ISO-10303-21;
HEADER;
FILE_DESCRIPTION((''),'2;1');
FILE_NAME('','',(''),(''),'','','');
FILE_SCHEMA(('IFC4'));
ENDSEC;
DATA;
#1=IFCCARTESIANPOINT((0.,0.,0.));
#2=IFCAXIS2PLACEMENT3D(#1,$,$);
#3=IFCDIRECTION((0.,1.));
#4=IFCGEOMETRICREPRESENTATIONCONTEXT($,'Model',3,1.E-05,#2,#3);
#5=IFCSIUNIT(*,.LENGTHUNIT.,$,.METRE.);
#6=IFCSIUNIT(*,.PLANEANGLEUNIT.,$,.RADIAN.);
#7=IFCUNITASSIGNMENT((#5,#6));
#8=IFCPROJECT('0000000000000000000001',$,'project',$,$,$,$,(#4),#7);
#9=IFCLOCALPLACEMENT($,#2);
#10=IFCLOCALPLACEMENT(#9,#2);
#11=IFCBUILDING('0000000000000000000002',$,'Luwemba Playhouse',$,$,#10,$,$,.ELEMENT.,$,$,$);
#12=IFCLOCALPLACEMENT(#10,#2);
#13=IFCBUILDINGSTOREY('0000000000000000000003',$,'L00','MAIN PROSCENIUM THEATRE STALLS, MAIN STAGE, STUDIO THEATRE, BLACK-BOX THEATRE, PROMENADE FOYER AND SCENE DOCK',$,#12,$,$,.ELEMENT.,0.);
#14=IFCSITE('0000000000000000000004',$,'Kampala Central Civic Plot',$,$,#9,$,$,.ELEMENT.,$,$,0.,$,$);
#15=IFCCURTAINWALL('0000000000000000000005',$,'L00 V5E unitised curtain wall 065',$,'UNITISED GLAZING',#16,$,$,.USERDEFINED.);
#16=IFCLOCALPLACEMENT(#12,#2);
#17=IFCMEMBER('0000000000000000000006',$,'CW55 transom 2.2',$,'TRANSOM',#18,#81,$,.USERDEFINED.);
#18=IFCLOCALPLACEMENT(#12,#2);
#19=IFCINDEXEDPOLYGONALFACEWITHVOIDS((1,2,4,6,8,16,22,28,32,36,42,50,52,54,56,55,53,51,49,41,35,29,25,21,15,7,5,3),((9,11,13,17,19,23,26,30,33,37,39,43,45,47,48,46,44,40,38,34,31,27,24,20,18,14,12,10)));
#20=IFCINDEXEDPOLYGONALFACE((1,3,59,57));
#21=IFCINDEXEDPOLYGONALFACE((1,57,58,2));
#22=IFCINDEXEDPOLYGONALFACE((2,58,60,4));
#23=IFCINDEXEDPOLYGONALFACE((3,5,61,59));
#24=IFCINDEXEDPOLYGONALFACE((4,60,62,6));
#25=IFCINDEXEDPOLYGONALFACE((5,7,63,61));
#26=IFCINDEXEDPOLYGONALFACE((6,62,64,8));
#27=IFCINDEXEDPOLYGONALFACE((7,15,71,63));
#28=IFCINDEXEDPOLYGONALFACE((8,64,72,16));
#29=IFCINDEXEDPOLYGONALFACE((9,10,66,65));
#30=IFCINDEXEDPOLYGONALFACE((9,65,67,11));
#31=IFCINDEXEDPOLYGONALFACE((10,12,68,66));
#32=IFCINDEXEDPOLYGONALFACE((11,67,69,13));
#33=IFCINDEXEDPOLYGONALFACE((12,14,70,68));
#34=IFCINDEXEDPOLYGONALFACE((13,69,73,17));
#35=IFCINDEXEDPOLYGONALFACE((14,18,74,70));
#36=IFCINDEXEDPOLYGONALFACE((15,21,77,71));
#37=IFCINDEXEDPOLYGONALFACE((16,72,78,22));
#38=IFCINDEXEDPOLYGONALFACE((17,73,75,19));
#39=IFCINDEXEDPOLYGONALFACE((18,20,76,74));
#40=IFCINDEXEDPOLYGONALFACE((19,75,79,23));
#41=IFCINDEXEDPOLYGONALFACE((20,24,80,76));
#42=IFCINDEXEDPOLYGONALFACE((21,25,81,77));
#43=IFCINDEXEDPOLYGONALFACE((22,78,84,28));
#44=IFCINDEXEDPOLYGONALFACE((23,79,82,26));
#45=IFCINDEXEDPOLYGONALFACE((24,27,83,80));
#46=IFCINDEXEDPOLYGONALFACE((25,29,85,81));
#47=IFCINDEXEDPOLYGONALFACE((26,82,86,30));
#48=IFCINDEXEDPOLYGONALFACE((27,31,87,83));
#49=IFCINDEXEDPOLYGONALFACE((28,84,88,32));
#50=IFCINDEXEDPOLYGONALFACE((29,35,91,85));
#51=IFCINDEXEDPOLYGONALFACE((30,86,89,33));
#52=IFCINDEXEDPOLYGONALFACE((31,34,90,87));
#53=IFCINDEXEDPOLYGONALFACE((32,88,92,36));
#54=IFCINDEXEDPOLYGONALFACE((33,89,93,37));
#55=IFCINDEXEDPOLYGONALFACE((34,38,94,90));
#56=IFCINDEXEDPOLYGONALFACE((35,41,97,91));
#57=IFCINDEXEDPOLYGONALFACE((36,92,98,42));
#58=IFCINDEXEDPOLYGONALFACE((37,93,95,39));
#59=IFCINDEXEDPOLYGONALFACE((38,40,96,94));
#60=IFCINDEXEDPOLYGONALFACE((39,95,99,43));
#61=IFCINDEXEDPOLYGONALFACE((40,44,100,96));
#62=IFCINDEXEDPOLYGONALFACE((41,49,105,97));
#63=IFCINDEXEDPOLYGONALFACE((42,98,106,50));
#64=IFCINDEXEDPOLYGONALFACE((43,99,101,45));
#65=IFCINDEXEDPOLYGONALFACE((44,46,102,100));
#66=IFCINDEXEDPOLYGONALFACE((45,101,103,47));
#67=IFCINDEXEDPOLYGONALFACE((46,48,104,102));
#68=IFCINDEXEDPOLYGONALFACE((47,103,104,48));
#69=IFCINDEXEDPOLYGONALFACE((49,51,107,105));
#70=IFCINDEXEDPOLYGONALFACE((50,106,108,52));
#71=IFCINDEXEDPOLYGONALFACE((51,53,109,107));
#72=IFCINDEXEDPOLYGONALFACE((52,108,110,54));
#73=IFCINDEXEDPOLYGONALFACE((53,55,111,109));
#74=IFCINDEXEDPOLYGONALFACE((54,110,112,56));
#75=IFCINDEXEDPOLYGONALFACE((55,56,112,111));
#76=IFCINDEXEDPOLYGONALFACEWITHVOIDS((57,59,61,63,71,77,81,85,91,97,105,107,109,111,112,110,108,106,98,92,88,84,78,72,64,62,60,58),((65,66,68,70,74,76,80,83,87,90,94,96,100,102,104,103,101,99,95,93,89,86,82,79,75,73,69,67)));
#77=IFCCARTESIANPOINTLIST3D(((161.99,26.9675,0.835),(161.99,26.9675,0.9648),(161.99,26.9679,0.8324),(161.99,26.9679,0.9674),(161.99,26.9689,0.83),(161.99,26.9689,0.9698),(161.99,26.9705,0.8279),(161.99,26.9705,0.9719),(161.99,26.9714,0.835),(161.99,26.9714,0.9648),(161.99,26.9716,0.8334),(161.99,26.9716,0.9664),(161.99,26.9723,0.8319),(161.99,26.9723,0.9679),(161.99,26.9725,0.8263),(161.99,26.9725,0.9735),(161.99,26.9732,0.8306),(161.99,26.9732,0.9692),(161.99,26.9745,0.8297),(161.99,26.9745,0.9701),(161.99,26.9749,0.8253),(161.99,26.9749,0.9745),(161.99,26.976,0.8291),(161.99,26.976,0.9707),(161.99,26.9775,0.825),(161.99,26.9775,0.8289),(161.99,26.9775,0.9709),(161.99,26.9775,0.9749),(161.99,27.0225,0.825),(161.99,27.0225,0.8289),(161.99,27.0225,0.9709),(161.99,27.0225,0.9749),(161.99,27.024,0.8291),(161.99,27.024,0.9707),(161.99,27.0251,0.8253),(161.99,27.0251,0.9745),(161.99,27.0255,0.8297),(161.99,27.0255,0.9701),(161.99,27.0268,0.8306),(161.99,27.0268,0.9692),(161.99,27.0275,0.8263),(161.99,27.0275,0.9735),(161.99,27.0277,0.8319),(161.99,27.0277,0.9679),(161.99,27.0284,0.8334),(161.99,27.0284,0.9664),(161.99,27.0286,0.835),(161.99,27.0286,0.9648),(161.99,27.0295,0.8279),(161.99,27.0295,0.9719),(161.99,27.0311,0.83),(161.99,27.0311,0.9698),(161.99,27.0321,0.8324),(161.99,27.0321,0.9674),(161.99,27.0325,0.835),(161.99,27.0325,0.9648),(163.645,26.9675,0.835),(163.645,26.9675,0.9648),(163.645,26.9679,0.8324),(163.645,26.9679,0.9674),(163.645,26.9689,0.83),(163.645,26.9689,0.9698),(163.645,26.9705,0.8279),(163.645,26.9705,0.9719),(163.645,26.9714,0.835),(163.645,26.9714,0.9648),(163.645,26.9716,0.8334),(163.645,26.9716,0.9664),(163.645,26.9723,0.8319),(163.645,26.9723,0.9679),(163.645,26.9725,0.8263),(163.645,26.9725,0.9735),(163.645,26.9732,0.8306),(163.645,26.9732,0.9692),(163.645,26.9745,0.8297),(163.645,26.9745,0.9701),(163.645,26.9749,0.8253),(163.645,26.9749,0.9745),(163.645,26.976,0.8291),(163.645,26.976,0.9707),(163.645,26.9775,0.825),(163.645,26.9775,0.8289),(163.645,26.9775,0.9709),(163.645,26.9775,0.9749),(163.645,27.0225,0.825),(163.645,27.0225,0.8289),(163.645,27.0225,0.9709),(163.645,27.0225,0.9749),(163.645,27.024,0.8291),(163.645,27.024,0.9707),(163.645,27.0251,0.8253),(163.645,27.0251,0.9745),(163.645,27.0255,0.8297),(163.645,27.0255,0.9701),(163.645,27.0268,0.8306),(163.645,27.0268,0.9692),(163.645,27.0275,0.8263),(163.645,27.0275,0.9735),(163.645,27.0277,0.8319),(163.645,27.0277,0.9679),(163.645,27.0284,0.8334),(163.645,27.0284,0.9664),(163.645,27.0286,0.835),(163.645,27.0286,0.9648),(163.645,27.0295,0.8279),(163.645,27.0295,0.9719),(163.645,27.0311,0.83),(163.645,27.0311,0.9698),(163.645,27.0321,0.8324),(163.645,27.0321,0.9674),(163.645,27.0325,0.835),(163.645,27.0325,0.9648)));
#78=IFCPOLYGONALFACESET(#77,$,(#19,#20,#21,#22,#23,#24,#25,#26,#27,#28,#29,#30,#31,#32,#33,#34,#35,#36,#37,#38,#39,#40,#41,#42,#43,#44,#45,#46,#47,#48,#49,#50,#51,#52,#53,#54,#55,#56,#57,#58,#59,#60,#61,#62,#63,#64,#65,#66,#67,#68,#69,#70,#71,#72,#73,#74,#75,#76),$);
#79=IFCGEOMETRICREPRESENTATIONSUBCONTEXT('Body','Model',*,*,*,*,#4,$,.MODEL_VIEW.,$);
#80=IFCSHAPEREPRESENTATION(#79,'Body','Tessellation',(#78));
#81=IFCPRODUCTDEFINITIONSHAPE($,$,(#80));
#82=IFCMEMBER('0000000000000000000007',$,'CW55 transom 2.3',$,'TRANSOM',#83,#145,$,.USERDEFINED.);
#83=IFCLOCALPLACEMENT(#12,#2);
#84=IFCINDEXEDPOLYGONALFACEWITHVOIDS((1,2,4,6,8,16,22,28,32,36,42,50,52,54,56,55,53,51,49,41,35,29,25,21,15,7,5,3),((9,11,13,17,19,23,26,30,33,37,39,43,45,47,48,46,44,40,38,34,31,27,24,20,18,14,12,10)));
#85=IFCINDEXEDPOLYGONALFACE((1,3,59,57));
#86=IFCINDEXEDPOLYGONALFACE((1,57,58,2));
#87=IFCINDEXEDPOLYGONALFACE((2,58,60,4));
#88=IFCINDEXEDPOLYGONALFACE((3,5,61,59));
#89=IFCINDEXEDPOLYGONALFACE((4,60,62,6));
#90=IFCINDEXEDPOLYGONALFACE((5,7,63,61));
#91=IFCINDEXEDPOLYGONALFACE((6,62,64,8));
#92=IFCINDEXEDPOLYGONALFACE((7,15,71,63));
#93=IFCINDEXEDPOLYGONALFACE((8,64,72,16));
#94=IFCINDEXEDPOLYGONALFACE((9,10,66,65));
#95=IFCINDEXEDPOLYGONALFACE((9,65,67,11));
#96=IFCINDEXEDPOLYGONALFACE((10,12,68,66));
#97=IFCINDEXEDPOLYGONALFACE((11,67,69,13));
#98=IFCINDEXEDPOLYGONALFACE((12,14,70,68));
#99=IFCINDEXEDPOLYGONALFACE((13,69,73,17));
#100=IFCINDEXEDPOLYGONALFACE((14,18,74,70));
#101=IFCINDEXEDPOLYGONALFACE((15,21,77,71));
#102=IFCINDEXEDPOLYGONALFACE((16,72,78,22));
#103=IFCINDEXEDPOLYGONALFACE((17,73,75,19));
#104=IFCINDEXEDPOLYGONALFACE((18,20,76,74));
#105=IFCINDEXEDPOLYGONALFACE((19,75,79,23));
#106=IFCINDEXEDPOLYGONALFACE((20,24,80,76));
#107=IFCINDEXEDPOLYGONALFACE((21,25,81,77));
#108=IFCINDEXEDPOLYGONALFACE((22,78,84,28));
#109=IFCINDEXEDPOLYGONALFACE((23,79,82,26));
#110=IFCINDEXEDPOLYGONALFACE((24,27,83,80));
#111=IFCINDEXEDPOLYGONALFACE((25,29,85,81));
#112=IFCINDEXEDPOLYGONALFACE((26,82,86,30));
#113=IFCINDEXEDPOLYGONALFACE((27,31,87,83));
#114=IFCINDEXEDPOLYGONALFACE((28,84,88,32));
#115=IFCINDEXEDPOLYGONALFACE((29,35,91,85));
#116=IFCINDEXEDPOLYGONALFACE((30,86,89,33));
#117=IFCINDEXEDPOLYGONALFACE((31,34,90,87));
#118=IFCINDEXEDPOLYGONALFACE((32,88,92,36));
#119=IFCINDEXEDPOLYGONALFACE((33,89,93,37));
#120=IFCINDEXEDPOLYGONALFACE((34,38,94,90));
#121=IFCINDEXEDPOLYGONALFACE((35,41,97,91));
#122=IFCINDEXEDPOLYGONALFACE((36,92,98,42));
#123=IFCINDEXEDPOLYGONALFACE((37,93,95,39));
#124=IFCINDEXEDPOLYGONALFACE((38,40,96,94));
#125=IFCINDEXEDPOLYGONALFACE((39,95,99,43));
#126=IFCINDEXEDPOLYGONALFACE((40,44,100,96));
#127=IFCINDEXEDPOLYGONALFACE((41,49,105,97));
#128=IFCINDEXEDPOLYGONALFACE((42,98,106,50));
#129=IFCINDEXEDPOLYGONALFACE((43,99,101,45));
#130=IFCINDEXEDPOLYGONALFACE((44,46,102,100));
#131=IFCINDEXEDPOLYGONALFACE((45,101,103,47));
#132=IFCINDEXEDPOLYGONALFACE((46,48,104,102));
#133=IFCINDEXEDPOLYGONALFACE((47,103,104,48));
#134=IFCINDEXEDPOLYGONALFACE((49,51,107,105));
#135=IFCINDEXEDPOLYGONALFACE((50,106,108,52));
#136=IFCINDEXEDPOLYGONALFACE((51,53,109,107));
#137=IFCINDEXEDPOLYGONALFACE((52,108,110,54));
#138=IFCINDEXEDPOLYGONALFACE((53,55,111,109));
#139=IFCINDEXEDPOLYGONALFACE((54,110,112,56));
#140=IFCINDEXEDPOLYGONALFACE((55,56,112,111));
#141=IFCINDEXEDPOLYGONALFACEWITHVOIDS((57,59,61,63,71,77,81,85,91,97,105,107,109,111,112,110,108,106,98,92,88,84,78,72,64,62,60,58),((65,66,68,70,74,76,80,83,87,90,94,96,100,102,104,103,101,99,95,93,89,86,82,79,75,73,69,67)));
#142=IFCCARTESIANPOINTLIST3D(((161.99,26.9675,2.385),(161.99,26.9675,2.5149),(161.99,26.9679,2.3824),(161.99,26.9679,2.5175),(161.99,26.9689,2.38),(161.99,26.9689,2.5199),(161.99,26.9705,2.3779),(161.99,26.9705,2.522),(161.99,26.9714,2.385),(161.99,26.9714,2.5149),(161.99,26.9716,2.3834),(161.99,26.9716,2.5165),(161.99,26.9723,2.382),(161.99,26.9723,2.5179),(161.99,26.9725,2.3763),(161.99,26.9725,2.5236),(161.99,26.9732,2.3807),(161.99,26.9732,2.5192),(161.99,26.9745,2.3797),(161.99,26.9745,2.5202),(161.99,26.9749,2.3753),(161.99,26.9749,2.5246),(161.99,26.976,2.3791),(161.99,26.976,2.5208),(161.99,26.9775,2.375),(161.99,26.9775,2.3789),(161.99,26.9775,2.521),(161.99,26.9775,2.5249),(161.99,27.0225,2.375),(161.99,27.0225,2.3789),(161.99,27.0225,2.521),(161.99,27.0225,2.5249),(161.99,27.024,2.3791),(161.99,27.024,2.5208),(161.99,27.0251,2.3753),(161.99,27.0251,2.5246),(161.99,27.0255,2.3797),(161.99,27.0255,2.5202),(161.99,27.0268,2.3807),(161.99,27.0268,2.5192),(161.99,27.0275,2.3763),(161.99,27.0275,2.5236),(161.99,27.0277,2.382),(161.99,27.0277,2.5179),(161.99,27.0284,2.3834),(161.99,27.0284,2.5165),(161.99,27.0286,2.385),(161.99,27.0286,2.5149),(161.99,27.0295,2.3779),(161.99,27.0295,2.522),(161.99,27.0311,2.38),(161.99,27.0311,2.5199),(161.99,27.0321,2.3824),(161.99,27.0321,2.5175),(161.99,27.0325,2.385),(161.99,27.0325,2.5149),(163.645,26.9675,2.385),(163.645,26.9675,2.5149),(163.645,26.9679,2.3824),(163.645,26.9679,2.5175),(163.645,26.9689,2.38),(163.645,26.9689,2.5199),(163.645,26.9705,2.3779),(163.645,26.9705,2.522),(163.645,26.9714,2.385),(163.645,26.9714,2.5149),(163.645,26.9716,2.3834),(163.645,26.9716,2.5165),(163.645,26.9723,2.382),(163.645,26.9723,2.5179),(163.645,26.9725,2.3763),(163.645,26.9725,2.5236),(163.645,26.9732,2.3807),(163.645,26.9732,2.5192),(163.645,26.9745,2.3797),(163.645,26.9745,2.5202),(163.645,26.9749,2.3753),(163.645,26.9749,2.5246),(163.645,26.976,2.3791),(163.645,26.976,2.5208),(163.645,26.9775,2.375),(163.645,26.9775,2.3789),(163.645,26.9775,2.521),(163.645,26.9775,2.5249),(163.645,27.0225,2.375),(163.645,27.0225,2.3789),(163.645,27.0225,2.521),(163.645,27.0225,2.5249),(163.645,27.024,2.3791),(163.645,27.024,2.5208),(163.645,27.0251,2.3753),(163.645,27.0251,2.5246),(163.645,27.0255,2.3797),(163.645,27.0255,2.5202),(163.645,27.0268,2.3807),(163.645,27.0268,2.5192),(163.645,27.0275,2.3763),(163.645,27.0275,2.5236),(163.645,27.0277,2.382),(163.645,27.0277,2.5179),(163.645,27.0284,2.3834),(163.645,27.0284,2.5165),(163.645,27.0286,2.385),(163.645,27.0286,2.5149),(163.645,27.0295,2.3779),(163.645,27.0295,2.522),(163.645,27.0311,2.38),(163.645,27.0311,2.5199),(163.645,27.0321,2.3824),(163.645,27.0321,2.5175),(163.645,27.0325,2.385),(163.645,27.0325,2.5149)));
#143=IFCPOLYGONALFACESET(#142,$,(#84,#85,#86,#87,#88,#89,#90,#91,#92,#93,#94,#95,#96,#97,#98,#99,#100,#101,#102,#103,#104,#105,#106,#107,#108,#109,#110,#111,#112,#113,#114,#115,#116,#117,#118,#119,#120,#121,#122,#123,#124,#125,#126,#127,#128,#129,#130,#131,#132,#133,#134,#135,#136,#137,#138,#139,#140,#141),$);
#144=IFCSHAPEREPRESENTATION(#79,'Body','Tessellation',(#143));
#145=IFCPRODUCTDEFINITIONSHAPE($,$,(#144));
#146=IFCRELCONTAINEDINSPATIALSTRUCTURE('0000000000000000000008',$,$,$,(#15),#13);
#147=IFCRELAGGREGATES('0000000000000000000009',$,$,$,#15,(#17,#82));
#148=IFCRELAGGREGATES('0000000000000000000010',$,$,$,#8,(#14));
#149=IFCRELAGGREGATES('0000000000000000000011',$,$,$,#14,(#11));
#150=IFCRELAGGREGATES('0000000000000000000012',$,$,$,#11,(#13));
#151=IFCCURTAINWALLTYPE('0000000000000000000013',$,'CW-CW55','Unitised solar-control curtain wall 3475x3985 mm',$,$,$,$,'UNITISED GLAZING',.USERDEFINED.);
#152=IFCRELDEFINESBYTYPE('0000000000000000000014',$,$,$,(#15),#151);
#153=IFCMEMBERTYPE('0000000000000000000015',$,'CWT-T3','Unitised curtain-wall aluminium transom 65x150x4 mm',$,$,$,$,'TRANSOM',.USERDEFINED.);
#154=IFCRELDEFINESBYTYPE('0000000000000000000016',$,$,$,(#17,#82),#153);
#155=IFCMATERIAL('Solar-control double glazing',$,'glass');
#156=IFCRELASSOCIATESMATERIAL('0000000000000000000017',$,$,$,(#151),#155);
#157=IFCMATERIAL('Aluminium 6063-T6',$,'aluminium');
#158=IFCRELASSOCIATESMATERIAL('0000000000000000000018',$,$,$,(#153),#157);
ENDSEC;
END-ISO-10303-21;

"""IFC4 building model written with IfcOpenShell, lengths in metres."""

from ifc_helpers import new_model, si_unit, direction, frame, origin, origin_2d, place, context, subcontext, project, spatial, hollow_rectangle, extrude, material, material_profile, profile_set, type_object, element, aggregate, save


model = new_model("IFC4")

# Units and contexts
model_context = context("Model", 3, precision=1e-05, world=origin(), true_north=direction((0.0, 1.0)))
body_context = subcontext(model_context, "Body", "Model", "MODEL_VIEW")
ifc_project = project(units=[si_unit("LENGTHUNIT", "METRE"), si_unit("PLANEANGLEUNIT", "RADIAN")], contexts=[model_context])

# Site, building, storey
site_placement = place(None, origin())
site = spatial("IfcSite", under=ifc_project, at=site_placement, Name="Kampala Central Civic Plot", CompositionType="ELEMENT", RefElevation=0.0)
building_placement = place(site_placement, origin())
building = spatial("IfcBuilding", under=site, at=building_placement, Name="Luwemba Playhouse", CompositionType="ELEMENT")
storey_placement = place(building_placement, origin())
storey = spatial("IfcBuildingStorey", under=building, at=storey_placement, Name="L00", Description="MAIN PROSCENIUM THEATRE STALLS, MAIN STAGE, STUDIO THEATRE, BLACK-BOX THEATRE, PROMENADE FOYER AND SCENE DOCK", CompositionType="ELEMENT", Elevation=0.0)

# Curtain wall
ifc_material_1 = material(Name="Solar-control double glazing", Category="glass")
curtain_wall_type_1 = type_object("IfcCurtainWallType", Name="CW-CW55", Description="Unitised solar-control curtain wall 3475x3985 mm", ElementType="UNITISED GLAZING", PredefinedType="USERDEFINED", material=ifc_material_1)
curtain_wall_1_placement = place(storey_placement, origin())
curtain_wall_1 = element("IfcCurtainWall", 1, at=curtain_wall_1_placement, inside=storey, type_object=curtain_wall_type_1, Name="L00 V5E unitised curtain wall 065", ObjectType="UNITISED GLAZING", PredefinedType="USERDEFINED")
ifc_material_2 = material(Name="Aluminium 6063-T6", Category="aluminium")

# Members
ifc_material_profile_1 = material_profile(ifc_material_2, hollow_rectangle(XDim=0.0649, YDim=0.1499, WallThickness=0.0039, InnerFilletRadius=0.0061, OuterFilletRadius=0.01, at=origin_2d()))
ifc_profile_set_1 = profile_set([ifc_material_profile_1], Name="Aluminium 6063-T6")
member_type_1 = type_object("IfcMemberType", Name="CWT-T3", Description="Unitised curtain-wall aluminium transom 65x150x4 mm", ElementType="TRANSOM", PredefinedType="USERDEFINED", material=ifc_profile_set_1)
member_1_placement = place(storey_placement, frame((161.99, 27.0, 0.8999), z_axis=(1.0, 0.0, 0.0), x_axis=(0.0, 1.0, 0.0)))
member_1 = element("IfcMember", 2, at=member_1_placement, type_object=member_type_1, Name="CW55 transom 2.2", ObjectType="TRANSOM", PredefinedType="USERDEFINED", context=body_context, shape_type="SweptSolid", body=[
    extrude(hollow_rectangle(XDim=0.0649, YDim=0.1499, WallThickness=0.0039, InnerFilletRadius=0.0061, OuterFilletRadius=0.01, at=origin_2d()), origin(), (0.0, 0.0, 1.0), 1.655),
])
member_2_placement = place(storey_placement, frame((161.99, 27.0, 2.45), z_axis=(1.0, 0.0, 0.0), x_axis=(0.0, 1.0, 0.0)))
member_2 = element("IfcMember", 3, at=member_2_placement, type_object=member_type_1, Name="CW55 transom 2.3", ObjectType="TRANSOM", PredefinedType="USERDEFINED", context=body_context, shape_type="SweptSolid", body=[
    extrude(hollow_rectangle(XDim=0.0649, YDim=0.1499, WallThickness=0.0039, InnerFilletRadius=0.0061, OuterFilletRadius=0.01, at=origin_2d()), origin(), (0.0, 0.0, 1.0), 1.655),
])

aggregate(curtain_wall_1, [member_1, member_2])

save(model, "model.ifc")
